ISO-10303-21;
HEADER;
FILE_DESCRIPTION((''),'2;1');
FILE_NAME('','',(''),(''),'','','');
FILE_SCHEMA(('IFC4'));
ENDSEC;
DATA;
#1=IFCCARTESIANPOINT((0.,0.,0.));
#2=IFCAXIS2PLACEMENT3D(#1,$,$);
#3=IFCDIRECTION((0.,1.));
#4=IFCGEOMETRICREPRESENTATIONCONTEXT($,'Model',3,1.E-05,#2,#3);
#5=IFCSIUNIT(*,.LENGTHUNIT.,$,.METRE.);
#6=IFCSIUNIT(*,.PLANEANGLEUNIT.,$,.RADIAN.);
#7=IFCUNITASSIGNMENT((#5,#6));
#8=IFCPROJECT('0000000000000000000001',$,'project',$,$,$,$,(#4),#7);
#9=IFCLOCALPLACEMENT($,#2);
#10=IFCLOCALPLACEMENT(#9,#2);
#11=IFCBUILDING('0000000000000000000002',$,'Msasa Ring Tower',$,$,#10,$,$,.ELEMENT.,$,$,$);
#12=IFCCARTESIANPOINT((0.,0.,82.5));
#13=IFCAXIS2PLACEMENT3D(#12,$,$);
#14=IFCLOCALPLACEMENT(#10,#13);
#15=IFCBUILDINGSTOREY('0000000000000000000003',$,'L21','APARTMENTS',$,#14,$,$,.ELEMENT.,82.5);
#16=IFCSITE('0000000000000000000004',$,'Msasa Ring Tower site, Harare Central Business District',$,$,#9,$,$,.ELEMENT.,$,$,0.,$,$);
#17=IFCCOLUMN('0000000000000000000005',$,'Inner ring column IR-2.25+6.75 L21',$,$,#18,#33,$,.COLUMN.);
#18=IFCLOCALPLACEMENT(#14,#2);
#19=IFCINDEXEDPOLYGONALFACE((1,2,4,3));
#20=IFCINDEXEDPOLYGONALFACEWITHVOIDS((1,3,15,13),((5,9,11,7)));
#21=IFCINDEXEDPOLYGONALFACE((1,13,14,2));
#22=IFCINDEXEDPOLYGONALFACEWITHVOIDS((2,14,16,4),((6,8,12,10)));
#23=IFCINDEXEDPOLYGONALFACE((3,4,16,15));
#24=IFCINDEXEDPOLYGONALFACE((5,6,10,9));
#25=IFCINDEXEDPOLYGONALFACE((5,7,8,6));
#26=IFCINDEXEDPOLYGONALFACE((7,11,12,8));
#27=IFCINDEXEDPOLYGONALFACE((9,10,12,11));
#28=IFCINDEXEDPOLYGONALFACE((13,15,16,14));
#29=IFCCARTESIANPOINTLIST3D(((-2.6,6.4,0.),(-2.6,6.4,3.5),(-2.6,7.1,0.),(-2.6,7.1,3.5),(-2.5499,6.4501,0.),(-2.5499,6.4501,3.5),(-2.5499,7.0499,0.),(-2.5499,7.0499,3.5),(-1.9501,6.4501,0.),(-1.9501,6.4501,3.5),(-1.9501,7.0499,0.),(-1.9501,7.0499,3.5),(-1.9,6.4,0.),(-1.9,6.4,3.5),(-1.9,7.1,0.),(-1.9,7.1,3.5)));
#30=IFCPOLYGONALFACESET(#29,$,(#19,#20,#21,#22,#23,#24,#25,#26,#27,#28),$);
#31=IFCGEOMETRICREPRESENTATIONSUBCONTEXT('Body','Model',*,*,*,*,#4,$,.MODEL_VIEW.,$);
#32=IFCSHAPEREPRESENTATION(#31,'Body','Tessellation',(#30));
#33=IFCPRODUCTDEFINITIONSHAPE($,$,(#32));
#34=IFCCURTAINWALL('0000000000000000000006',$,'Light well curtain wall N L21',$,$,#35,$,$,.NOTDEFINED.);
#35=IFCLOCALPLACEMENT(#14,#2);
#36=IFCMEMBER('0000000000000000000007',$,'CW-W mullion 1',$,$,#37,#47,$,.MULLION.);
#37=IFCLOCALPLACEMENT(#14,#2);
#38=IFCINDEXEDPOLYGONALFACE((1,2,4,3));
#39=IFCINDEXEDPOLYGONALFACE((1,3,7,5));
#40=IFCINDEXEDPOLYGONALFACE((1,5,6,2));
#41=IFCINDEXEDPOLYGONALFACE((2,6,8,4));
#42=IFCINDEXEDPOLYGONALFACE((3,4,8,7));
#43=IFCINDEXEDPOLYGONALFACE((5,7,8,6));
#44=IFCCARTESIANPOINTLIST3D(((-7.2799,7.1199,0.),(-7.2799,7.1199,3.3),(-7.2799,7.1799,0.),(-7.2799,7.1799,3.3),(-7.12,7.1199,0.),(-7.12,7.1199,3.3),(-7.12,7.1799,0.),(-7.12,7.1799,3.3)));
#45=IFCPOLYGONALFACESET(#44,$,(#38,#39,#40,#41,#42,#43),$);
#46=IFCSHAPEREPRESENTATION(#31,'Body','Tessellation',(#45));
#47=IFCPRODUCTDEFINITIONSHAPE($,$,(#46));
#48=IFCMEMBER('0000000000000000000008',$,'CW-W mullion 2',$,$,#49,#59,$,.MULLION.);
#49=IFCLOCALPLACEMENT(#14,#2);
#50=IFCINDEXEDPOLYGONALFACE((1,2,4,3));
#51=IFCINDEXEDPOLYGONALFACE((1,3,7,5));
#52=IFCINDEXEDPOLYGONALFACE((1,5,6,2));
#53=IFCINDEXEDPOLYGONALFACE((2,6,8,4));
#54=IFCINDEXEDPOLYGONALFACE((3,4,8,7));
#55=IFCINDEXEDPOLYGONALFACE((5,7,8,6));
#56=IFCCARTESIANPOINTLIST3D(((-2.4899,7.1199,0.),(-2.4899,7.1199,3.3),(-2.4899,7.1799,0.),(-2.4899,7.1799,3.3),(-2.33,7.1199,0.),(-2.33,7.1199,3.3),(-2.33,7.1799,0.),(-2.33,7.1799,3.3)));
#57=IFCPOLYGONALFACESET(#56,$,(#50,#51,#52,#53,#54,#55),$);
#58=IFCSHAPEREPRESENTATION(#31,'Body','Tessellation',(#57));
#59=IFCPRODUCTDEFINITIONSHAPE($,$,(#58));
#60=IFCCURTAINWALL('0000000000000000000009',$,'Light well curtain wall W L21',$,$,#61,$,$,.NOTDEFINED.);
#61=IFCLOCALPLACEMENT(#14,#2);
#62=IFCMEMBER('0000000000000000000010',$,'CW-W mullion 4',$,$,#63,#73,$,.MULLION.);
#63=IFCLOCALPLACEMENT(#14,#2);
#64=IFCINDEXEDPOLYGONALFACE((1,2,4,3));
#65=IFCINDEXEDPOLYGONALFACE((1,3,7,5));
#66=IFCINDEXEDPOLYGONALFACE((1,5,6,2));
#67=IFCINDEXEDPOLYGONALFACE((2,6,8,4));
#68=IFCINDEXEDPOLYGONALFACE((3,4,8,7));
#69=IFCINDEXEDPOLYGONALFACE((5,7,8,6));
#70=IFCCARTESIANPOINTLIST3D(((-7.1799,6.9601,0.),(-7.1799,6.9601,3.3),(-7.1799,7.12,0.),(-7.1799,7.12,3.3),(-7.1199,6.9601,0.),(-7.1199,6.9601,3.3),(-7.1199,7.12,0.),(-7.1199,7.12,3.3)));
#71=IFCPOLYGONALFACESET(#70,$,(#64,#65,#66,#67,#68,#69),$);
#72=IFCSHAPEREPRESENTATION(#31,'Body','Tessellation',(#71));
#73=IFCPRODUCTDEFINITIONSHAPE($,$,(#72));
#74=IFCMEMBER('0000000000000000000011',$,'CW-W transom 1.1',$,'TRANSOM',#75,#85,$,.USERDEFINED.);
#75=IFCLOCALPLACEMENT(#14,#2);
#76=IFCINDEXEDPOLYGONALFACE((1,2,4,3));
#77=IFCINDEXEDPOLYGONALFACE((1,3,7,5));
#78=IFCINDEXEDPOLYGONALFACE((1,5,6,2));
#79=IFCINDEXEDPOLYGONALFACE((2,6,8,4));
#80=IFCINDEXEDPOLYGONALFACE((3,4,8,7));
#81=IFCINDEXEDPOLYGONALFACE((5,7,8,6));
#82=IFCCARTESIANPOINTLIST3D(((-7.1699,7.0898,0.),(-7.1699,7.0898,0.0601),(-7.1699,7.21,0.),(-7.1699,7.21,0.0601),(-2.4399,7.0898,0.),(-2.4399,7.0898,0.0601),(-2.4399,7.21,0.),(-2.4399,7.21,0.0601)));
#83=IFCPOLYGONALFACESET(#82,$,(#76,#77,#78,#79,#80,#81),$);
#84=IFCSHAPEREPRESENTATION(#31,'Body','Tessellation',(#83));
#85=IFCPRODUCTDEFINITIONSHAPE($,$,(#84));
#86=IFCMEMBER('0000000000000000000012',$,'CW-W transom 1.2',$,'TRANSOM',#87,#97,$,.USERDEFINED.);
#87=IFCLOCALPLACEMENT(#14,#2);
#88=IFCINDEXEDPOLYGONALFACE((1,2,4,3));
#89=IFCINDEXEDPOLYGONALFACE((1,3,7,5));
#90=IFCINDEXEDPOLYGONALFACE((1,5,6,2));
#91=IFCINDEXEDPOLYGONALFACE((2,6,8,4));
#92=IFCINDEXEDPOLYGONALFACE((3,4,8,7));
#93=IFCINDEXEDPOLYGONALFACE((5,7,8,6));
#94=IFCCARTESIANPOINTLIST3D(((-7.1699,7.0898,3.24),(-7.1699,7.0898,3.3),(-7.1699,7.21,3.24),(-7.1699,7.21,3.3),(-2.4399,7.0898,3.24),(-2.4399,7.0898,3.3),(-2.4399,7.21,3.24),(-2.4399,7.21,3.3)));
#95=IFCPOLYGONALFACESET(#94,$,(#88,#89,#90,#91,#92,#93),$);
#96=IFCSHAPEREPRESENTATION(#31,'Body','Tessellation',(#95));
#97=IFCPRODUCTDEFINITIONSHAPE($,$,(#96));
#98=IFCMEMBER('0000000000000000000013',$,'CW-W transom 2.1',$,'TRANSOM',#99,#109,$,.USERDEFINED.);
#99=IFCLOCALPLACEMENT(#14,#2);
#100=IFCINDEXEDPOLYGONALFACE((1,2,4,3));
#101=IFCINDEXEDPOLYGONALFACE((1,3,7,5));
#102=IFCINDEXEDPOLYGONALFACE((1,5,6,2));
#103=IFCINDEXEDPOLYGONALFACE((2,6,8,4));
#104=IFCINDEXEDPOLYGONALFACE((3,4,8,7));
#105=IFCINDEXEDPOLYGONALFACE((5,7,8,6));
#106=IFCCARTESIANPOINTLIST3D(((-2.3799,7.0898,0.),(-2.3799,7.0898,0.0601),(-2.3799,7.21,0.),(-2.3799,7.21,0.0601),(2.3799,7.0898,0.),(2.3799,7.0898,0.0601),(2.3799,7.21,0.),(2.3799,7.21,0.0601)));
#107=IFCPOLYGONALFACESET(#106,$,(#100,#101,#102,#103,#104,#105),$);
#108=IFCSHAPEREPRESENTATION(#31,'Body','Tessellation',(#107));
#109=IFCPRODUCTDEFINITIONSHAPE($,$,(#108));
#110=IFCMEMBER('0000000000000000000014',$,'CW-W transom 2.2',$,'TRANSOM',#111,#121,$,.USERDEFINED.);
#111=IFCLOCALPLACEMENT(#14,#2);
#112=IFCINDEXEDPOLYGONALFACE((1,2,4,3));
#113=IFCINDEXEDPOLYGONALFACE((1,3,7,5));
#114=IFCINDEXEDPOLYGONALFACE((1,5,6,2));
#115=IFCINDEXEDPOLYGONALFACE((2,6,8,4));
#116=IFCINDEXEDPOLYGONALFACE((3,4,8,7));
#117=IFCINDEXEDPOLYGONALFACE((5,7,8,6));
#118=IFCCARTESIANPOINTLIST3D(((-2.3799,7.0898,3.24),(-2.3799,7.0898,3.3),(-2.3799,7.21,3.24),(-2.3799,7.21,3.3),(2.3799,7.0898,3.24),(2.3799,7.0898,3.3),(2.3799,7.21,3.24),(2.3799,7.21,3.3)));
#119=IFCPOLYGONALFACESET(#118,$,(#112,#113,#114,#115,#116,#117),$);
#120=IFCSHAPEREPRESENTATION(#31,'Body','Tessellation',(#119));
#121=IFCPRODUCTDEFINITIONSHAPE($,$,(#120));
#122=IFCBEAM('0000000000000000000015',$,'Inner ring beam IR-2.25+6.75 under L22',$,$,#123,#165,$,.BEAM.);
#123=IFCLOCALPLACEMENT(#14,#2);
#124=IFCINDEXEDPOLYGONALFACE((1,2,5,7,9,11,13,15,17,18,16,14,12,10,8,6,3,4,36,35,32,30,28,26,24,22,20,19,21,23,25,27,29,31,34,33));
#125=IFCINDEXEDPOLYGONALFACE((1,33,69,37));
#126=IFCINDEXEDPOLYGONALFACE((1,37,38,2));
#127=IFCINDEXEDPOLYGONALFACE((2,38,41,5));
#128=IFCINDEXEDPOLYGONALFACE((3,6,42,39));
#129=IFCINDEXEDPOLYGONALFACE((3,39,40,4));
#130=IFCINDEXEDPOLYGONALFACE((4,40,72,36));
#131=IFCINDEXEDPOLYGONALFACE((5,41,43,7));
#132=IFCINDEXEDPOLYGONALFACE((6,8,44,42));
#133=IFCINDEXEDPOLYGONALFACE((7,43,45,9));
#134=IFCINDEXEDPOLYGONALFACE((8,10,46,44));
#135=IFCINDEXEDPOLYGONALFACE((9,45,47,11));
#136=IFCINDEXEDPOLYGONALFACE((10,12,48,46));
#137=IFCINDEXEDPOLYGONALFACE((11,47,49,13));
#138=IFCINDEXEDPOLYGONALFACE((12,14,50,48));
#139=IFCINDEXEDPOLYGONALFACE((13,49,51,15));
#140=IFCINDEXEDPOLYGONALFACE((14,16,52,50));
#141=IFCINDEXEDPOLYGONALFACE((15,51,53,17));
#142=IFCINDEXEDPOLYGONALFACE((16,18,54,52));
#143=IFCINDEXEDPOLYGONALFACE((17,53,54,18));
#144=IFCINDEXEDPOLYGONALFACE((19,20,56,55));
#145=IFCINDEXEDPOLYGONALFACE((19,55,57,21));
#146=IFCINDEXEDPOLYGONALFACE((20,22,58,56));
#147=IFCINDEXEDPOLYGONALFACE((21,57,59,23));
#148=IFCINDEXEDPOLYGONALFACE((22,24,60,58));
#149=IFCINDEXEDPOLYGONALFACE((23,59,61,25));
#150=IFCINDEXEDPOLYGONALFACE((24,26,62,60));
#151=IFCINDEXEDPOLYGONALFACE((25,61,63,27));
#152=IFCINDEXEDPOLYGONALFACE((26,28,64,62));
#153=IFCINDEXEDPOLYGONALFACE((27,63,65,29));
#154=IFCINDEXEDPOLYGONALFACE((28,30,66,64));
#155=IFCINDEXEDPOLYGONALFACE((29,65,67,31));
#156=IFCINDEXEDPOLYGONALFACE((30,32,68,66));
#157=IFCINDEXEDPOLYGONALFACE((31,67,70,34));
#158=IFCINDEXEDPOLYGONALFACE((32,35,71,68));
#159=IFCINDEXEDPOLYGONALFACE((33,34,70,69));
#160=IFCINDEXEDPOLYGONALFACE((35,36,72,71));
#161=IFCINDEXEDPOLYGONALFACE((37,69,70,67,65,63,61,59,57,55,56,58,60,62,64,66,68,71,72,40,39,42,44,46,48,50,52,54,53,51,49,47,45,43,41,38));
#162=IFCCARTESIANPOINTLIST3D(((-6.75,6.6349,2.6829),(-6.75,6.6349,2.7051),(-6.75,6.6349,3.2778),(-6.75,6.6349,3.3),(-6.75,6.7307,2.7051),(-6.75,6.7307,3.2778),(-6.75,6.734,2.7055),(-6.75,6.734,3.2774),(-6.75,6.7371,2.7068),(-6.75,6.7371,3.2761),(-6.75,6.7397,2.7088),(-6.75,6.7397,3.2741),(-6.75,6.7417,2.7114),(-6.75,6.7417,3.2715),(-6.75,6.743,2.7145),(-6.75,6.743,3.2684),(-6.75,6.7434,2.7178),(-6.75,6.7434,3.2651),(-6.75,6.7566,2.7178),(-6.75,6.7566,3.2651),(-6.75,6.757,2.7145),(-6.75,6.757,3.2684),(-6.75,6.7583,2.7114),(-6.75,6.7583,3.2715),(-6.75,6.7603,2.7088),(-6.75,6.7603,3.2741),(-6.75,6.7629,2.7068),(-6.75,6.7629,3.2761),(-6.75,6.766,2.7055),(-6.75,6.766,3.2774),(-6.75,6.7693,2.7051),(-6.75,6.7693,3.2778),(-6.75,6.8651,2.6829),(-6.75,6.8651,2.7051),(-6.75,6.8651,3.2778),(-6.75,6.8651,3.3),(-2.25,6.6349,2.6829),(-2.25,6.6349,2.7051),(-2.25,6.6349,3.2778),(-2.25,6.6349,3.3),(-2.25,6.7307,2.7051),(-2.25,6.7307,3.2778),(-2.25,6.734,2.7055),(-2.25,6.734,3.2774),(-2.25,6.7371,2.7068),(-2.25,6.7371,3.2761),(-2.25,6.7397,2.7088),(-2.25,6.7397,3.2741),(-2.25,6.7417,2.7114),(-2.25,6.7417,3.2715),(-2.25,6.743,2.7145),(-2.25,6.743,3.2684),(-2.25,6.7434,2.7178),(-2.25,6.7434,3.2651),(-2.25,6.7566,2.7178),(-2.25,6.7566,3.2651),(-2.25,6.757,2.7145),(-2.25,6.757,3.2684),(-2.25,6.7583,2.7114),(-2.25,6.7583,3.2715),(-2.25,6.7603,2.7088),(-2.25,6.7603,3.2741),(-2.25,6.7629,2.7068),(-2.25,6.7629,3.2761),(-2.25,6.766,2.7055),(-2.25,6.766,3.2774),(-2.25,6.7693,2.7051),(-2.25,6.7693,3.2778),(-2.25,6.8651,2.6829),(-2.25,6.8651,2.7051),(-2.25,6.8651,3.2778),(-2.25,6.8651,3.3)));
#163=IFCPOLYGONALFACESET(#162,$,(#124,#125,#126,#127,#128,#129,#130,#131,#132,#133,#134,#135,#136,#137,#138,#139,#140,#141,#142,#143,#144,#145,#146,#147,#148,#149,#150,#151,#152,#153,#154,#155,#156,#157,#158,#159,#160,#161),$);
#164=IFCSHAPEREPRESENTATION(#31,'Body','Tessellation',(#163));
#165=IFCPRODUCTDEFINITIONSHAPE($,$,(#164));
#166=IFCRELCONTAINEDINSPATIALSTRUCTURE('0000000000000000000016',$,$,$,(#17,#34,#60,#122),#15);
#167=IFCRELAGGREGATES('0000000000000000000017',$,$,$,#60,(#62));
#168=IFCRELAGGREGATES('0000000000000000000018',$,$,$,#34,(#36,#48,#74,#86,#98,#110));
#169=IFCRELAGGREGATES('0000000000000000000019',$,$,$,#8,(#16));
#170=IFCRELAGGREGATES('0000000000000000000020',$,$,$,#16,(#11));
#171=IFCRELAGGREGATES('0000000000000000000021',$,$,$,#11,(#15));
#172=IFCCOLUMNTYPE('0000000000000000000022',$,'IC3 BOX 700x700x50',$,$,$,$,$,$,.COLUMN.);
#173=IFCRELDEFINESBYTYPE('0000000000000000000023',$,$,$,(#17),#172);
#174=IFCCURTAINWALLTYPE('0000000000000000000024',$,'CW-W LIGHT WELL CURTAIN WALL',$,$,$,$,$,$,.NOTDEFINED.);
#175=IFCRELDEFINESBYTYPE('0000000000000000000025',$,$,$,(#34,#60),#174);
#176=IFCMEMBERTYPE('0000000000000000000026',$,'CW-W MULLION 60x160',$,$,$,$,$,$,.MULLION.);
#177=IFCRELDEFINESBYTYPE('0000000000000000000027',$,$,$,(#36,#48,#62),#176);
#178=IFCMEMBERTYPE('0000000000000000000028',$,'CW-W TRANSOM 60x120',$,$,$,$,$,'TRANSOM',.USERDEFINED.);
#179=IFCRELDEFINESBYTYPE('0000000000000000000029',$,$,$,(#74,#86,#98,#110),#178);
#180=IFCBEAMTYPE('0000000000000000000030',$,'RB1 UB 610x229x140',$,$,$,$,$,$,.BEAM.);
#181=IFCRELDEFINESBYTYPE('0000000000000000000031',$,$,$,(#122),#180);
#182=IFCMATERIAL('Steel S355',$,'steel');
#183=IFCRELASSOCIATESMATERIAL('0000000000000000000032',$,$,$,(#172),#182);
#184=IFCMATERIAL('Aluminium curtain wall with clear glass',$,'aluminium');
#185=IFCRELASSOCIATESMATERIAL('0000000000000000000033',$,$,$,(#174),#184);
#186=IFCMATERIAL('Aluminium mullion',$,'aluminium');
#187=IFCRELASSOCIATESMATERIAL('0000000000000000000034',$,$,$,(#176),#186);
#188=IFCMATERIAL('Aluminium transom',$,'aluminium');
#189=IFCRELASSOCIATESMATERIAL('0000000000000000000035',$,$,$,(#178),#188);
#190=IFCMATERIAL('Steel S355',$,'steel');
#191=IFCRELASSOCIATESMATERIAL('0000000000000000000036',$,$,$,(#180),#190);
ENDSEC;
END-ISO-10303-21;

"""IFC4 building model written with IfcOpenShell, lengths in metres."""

from ifc_helpers import new_model, si_unit, direction, frame, origin, origin_2d, place, context, subcontext, project, spatial, rectangle, hollow_rectangle, i_section, extrude, material, material_profile, profile_set, type_object, element, aggregate, save


model = new_model("IFC4")

# Units and contexts
model_context = context("Model", 3, precision=1e-05, world=origin(), true_north=direction((0.0, 1.0)))
body_context = subcontext(model_context, "Body", "Model", "MODEL_VIEW")
ifc_project = project(units=[si_unit("LENGTHUNIT", "METRE"), si_unit("PLANEANGLEUNIT", "RADIAN")], contexts=[model_context])

# Site, building, storey
site_placement = place(None, origin())
site = spatial("IfcSite", under=ifc_project, at=site_placement, Name="Msasa Ring Tower site, Harare Central Business District", CompositionType="ELEMENT", RefElevation=0.0)
building_placement = place(site_placement, origin())
building = spatial("IfcBuilding", under=site, at=building_placement, Name="Msasa Ring Tower", CompositionType="ELEMENT")
storey_placement = place(building_placement, frame((0.0, 0.0, 82.5)))
storey = spatial("IfcBuildingStorey", under=building, at=storey_placement, Name="L21", Description="APARTMENTS", CompositionType="ELEMENT", Elevation=82.5)

# Column
ifc_material_1 = material(Name="Steel S355", Category="steel")
ifc_material_profile_1 = material_profile(ifc_material_1, hollow_rectangle(XDim=0.7, YDim=0.7, WallThickness=0.05, at=origin_2d()), Name="BOX 700x700x50")
ifc_profile_set_1 = profile_set([ifc_material_profile_1], Name="Steel S355")
column_type = type_object("IfcColumnType", Name="IC3 BOX 700x700x50", PredefinedType="COLUMN", material=ifc_profile_set_1)
column_placement = place(storey_placement, frame((-2.25, 6.75, 0.0), z_axis=(0.0, 0.0, 1.0), x_axis=(1.0, 0.0, 0.0)))
element("IfcColumn", 1, at=column_placement, inside=storey, type_object=column_type, Name="Inner ring column IR-2.25+6.75 L21", PredefinedType="COLUMN", context=body_context, shape_type="SweptSolid", body=[
    extrude(hollow_rectangle(XDim=0.7, YDim=0.7, WallThickness=0.05, at=origin_2d()), origin(), (0.0, 0.0, 1.0), 3.5),
])

# Curtain wall, members
ifc_material_2 = material(Name="Aluminium curtain wall with clear glass", Category="aluminium")
curtain_wall_type = type_object("IfcCurtainWallType", Name="CW-W LIGHT WELL CURTAIN WALL", PredefinedType="NOTDEFINED", material=ifc_material_2)
curtain_wall_1_placement = place(storey_placement, origin())
curtain_wall_1 = element("IfcCurtainWall", 2, at=curtain_wall_1_placement, inside=storey, type_object=curtain_wall_type, Name="Light well curtain wall N L21", PredefinedType="NOTDEFINED")
ifc_material_3 = material(Name="Aluminium mullion", Category="aluminium")
ifc_material_profile_2 = material_profile(ifc_material_3, rectangle(XDim=0.0601, YDim=0.1599, at=origin_2d()), Name="AL 60x160")
ifc_profile_set_2 = profile_set([ifc_material_profile_2], Name="Aluminium mullion")
member_type_1 = type_object("IfcMemberType", Name="CW-W MULLION 60x160", PredefinedType="MULLION", material=ifc_profile_set_2)
member_1_placement = place(storey_placement, frame((-7.2, 7.1499, 0.0), z_axis=(0.0, 0.0, 1.0), x_axis=(0.0, 1.0, 0.0)))
member_1 = element("IfcMember", 3, at=member_1_placement, type_object=member_type_1, Name="CW-W mullion 1", PredefinedType="MULLION", context=body_context, shape_type="SweptSolid", body=[
    extrude(rectangle(XDim=0.0601, YDim=0.1599, at=origin_2d()), origin(), (0.0, 0.0, 1.0), 3.3),
])
member_2_placement = place(storey_placement, frame((-2.4099, 7.1499, 0.0), z_axis=(0.0, 0.0, 1.0), x_axis=(0.0, 1.0, 0.0)))
member_2 = element("IfcMember", 4, at=member_2_placement, type_object=member_type_1, Name="CW-W mullion 2", PredefinedType="MULLION", context=body_context, shape_type="SweptSolid", body=[
    extrude(rectangle(XDim=0.0601, YDim=0.1599, at=origin_2d()), origin(), (0.0, 0.0, 1.0), 3.3),
])

# Curtain wall, member
curtain_wall_2_placement = place(storey_placement, origin())
curtain_wall_2 = element("IfcCurtainWall", 5, at=curtain_wall_2_placement, inside=storey, type_object=curtain_wall_type, Name="Light well curtain wall W L21", PredefinedType="NOTDEFINED")
member_3_placement = place(storey_placement, frame((-7.1499, 7.04, 0.0), z_axis=(0.0, 0.0, 1.0), x_axis=(-1.0, 0.0, 0.0)))
member_3 = element("IfcMember", 6, at=member_3_placement, type_object=member_type_1, Name="CW-W mullion 4", PredefinedType="MULLION", context=body_context, shape_type="SweptSolid", body=[
    extrude(rectangle(XDim=0.0601, YDim=0.1599, at=origin_2d()), origin(), (0.0, 0.0, 1.0), 3.3),
])
aggregate(curtain_wall_2, [member_3])

# Members
ifc_material_4 = material(Name="Aluminium transom", Category="aluminium")
ifc_material_profile_3 = material_profile(ifc_material_4, rectangle(XDim=0.1201, YDim=0.0601, at=origin_2d()), Name="AL 60x120")
ifc_profile_set_3 = profile_set([ifc_material_profile_3], Name="Aluminium transom")
member_type_2 = type_object("IfcMemberType", Name="CW-W TRANSOM 60x120", ElementType="TRANSOM", PredefinedType="USERDEFINED", material=ifc_profile_set_3)
member_4_placement = place(storey_placement, frame((-7.1699, 7.1499, 0.03), z_axis=(1.0, 0.0, 0.0), x_axis=(0.0, 1.0, 0.0)))
member_4 = element("IfcMember", 7, at=member_4_placement, type_object=member_type_2, Name="CW-W transom 1.1", ObjectType="TRANSOM", PredefinedType="USERDEFINED", context=body_context, shape_type="SweptSolid", body=[
    extrude(rectangle(XDim=0.1201, YDim=0.0601, at=origin_2d()), origin(), (0.0, 0.0, 1.0), 4.73),
])
member_5_placement = place(storey_placement, frame((-7.1699, 7.1499, 3.27), z_axis=(1.0, 0.0, 0.0), x_axis=(0.0, 1.0, 0.0)))
member_5 = element("IfcMember", 8, at=member_5_placement, type_object=member_type_2, Name="CW-W transom 1.2", ObjectType="TRANSOM", PredefinedType="USERDEFINED", context=body_context, shape_type="SweptSolid", body=[
    extrude(rectangle(XDim=0.1201, YDim=0.0601, at=origin_2d()), origin(), (0.0, 0.0, 1.0), 4.73),
])
member_6_placement = place(storey_placement, frame((-2.3799, 7.1499, 0.03), z_axis=(1.0, 0.0, 0.0), x_axis=(0.0, 1.0, 0.0)))
member_6 = element("IfcMember", 9, at=member_6_placement, type_object=member_type_2, Name="CW-W transom 2.1", ObjectType="TRANSOM", PredefinedType="USERDEFINED", context=body_context, shape_type="SweptSolid", body=[
    extrude(rectangle(XDim=0.1201, YDim=0.0601, at=origin_2d()), origin(), (0.0, 0.0, 1.0), 4.7598),
])
member_7_placement = place(storey_placement, frame((-2.3799, 7.1499, 3.27), z_axis=(1.0, 0.0, 0.0), x_axis=(0.0, 1.0, 0.0)))
member_7 = element("IfcMember", 10, at=member_7_placement, type_object=member_type_2, Name="CW-W transom 2.2", ObjectType="TRANSOM", PredefinedType="USERDEFINED", context=body_context, shape_type="SweptSolid", body=[
    extrude(rectangle(XDim=0.1201, YDim=0.0601, at=origin_2d()), origin(), (0.0, 0.0, 1.0), 4.7598),
])

# Beam
ifc_material_5 = material(Name="Steel S355", Category="steel")
ifc_material_profile_4 = material_profile(ifc_material_5, i_section(OverallWidth=0.2302, OverallDepth=0.6172, WebThickness=0.0132, FlangeThickness=0.0222, FilletRadius=0.0127, at=origin_2d()), Name="UB 610x229x140")
ifc_profile_set_4 = profile_set([ifc_material_profile_4], Name="Steel S355")
beam_type = type_object("IfcBeamType", Name="RB1 UB 610x229x140", PredefinedType="BEAM", material=ifc_profile_set_4)
for number, where, z_axis, x_axis, name in (
    (11, (-2.25, 6.75, 2.9915), (-1.0, 0.0, 0.0), (0.0, -1.0, 0.0), "Inner ring beam IR-2.25+6.75 under L22"),
):
    element("IfcBeam", number, at=place(storey_placement, frame(where, z_axis=z_axis, x_axis=x_axis)), inside=storey, type_object=beam_type, Name=name, PredefinedType="BEAM", context=body_context, shape_type="SweptSolid", body=[
        extrude(i_section(OverallWidth=0.2302, OverallDepth=0.6172, WebThickness=0.0132, FlangeThickness=0.0222, FilletRadius=0.0127, at=origin_2d()), origin(), (0.0, 0.0, 1.0), 4.5),
    ])

aggregate(curtain_wall_1, [member_1, member_2, member_4, member_5, member_6, member_7])

save(model, "model.ifc")
